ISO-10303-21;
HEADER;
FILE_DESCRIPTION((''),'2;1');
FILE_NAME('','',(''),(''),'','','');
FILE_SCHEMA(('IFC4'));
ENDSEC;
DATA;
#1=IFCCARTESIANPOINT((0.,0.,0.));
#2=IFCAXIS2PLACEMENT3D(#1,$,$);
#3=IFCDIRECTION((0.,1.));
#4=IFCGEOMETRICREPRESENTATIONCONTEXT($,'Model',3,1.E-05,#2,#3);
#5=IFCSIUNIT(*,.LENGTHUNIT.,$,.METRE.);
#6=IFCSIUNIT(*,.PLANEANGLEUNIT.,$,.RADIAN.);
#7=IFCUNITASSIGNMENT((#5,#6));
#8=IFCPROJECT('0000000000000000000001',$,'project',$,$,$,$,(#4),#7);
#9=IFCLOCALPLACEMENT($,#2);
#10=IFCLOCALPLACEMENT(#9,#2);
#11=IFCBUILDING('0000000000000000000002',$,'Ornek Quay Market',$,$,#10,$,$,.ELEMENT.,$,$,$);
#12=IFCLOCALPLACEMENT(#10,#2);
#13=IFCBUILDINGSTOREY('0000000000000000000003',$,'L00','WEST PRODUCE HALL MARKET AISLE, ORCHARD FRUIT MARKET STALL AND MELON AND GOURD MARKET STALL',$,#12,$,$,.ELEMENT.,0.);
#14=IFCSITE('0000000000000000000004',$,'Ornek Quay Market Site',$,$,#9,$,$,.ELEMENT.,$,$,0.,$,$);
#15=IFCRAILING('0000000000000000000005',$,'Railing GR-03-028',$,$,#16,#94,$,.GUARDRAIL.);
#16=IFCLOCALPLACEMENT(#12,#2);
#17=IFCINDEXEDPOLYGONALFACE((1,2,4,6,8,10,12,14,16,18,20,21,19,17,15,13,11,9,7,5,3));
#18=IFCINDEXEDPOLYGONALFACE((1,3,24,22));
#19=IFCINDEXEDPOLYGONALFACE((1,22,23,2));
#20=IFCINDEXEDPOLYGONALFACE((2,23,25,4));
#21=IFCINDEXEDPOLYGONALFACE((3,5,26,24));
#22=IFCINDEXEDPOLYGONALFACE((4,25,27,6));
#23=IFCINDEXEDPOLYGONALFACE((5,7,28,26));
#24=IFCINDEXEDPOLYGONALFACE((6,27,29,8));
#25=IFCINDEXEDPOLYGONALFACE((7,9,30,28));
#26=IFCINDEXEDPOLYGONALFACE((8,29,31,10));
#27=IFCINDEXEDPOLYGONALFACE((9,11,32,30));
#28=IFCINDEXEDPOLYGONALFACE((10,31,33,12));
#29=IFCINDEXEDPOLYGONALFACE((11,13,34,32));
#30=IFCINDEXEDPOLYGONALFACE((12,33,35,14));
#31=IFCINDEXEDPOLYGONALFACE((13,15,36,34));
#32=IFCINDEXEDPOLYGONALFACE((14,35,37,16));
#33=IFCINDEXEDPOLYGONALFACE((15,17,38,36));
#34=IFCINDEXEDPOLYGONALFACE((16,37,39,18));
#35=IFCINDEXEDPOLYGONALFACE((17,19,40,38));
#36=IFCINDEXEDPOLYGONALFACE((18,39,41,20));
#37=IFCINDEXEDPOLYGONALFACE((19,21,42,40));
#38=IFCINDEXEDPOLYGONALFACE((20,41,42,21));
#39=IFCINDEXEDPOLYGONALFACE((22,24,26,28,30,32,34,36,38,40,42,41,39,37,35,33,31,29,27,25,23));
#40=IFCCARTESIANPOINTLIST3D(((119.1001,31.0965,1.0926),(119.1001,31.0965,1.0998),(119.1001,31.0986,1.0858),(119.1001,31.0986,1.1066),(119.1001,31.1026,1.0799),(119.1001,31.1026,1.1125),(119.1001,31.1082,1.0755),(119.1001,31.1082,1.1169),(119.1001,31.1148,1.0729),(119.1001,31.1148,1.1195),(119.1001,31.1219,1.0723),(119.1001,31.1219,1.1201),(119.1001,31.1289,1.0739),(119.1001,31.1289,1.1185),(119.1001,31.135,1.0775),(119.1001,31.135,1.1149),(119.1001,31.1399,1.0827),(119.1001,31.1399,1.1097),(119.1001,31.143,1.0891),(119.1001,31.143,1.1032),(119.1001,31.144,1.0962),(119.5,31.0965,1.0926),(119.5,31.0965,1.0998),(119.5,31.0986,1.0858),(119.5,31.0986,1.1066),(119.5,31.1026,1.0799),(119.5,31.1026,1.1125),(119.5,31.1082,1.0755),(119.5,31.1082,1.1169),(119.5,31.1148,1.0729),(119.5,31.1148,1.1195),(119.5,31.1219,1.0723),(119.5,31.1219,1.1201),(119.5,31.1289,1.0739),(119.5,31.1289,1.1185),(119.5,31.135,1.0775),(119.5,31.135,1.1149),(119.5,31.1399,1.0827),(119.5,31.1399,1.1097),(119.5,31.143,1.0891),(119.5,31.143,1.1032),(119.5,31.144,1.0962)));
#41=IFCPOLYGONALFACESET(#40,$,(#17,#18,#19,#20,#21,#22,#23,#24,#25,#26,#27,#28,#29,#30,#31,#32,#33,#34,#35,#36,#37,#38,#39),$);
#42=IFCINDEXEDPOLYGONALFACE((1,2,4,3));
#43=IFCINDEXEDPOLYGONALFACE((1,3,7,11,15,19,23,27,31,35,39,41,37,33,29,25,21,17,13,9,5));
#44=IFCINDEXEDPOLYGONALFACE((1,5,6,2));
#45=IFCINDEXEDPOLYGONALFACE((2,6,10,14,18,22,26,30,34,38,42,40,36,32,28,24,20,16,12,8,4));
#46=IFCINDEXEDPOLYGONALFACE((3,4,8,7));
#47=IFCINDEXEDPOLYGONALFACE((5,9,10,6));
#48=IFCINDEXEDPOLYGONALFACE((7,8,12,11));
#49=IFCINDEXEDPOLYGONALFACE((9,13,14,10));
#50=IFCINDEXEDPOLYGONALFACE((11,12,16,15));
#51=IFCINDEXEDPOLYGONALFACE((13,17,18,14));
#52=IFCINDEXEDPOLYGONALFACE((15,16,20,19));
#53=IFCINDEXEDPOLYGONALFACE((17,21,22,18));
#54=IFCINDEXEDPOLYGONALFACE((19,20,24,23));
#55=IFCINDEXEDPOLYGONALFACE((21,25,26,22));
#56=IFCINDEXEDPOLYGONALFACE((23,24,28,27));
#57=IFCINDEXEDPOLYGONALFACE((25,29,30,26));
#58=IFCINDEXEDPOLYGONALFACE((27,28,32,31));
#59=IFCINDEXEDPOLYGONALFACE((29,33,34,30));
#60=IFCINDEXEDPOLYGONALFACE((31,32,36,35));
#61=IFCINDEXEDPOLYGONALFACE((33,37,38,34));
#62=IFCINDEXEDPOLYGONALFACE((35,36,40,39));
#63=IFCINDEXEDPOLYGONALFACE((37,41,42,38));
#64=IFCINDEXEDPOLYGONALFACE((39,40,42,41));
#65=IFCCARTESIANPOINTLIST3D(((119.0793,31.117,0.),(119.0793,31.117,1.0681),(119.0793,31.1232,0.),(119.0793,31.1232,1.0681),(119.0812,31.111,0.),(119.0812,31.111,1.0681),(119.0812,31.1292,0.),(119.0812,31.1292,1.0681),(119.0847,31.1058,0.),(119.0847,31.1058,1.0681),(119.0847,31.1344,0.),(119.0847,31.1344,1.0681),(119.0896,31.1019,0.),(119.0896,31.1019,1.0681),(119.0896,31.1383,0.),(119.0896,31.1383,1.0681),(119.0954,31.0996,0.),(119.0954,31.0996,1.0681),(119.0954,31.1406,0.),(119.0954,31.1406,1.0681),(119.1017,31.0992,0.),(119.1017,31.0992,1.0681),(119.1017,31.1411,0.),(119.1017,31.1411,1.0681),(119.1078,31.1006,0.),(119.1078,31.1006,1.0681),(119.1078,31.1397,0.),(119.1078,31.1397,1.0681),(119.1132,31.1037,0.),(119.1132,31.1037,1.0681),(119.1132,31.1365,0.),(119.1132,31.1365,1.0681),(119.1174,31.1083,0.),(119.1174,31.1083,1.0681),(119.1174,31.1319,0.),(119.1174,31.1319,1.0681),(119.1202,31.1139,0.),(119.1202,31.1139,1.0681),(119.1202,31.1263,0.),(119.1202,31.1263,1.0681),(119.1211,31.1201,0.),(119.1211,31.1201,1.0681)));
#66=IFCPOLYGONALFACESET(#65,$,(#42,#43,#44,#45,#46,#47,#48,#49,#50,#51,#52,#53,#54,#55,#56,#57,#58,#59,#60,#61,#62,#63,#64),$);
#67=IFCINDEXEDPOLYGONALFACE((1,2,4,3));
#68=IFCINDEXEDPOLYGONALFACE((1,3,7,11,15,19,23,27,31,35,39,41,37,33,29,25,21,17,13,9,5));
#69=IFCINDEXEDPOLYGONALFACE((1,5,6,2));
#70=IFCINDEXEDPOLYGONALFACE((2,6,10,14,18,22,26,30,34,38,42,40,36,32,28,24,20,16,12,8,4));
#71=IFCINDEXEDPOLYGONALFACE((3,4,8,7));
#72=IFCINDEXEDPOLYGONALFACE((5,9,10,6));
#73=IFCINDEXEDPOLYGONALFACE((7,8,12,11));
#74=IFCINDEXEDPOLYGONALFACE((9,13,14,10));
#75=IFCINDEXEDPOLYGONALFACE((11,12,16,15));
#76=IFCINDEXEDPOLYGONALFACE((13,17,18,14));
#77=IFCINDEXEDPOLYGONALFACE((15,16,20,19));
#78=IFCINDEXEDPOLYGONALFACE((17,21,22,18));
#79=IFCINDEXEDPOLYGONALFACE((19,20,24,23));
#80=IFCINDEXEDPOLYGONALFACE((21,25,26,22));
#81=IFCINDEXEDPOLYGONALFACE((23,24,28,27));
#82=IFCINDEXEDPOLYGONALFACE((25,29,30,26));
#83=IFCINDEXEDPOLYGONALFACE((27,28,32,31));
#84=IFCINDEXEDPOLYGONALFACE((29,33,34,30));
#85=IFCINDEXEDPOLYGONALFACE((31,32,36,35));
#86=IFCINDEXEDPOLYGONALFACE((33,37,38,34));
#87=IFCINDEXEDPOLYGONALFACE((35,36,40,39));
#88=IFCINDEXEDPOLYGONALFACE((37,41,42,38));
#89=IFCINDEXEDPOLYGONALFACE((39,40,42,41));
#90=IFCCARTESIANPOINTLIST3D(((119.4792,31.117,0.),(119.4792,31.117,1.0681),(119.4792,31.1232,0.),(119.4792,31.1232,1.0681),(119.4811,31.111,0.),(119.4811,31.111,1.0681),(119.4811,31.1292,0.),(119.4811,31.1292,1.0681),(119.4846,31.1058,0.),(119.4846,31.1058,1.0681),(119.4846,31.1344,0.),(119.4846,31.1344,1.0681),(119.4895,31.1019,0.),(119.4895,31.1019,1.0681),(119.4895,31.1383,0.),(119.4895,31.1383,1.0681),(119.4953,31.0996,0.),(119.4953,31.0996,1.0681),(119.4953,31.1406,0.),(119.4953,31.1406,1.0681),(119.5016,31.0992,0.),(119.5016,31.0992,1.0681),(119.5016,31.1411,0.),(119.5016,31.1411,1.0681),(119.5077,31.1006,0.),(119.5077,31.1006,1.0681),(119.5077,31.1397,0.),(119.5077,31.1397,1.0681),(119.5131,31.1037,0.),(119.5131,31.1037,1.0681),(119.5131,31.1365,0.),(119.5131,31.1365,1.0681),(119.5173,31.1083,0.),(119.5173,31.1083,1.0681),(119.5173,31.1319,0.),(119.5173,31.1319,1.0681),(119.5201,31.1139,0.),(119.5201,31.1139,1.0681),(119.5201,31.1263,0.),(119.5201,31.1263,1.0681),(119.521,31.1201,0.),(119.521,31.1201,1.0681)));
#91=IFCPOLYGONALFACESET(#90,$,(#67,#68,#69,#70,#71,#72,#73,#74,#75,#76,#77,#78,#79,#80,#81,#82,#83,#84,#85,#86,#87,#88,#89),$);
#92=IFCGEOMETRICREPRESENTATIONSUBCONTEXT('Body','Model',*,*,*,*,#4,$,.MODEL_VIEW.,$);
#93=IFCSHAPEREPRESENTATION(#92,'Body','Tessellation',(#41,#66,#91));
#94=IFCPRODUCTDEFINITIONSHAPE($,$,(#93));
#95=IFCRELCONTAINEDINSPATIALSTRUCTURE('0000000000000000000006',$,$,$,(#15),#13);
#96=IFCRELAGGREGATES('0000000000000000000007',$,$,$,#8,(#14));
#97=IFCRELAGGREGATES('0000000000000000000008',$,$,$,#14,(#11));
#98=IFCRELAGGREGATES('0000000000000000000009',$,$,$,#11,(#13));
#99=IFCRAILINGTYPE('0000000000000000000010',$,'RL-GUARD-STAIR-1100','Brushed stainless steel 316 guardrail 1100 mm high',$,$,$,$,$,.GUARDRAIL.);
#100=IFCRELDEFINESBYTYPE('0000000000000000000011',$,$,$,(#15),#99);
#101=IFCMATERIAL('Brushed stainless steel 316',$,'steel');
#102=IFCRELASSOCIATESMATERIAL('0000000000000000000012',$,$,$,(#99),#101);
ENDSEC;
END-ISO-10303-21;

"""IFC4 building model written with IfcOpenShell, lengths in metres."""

from ifc_helpers import new_model, si_unit, direction, frame, origin, origin_2d, place, context, subcontext, project, spatial, circle, extrude, material, type_object, element, save


model = new_model("IFC4")

# Units and contexts
model_context = context("Model", 3, precision=1e-05, world=origin(), true_north=direction((0.0, 1.0)))
body_context = subcontext(model_context, "Body", "Model", "MODEL_VIEW")
ifc_project = project(units=[si_unit("LENGTHUNIT", "METRE"), si_unit("PLANEANGLEUNIT", "RADIAN")], contexts=[model_context])

# Site, building, storey
site_placement = place(None, origin())
site = spatial("IfcSite", under=ifc_project, at=site_placement, Name="Ornek Quay Market Site", CompositionType="ELEMENT", RefElevation=0.0)
building_placement = place(site_placement, origin())
building = spatial("IfcBuilding", under=site, at=building_placement, Name="Ornek Quay Market", CompositionType="ELEMENT")
storey_placement = place(building_placement, origin())
storey = spatial("IfcBuildingStorey", under=building, at=storey_placement, Name="L00", Description="WEST PRODUCE HALL MARKET AISLE, ORCHARD FRUIT MARKET STALL AND MELON AND GOURD MARKET STALL", CompositionType="ELEMENT", Elevation=0.0)

# Railing
ifc_material_1 = material(Name="Brushed stainless steel 316", Category="steel")
railing_type_1 = type_object("IfcRailingType", Name="RL-GUARD-STAIR-1100", Description="Brushed stainless steel 316 guardrail 1100 mm high", PredefinedType="GUARDRAIL", material=ifc_material_1)
railing_1_placement = place(storey_placement, frame((119.1001, 31.1201, 0.0)))
element("IfcRailing", 1, at=railing_1_placement, inside=storey, type_object=railing_type_1, Name="Railing GR-03-028", PredefinedType="GUARDRAIL", context=body_context, shape_type="SweptSolid", body=[
    extrude(circle(Radius=0.0239, at=origin_2d()), frame((0.0, 0.0, 1.0962), z_axis=(1.0, 0.0, 0.0), x_axis=(0.0, 1.0, 0.0)), (0.0, 0.0, 1.0), 0.3999),
    extrude(circle(Radius=0.021, at=origin_2d()), origin(), (0.0, 0.0, 1.0), 1.0681),
    extrude(circle(Radius=0.021, at=origin_2d()), frame((0.3999, 0.0, 0.0)), (0.0, 0.0, 1.0), 1.0681),
])

save(model, "model.ifc")
